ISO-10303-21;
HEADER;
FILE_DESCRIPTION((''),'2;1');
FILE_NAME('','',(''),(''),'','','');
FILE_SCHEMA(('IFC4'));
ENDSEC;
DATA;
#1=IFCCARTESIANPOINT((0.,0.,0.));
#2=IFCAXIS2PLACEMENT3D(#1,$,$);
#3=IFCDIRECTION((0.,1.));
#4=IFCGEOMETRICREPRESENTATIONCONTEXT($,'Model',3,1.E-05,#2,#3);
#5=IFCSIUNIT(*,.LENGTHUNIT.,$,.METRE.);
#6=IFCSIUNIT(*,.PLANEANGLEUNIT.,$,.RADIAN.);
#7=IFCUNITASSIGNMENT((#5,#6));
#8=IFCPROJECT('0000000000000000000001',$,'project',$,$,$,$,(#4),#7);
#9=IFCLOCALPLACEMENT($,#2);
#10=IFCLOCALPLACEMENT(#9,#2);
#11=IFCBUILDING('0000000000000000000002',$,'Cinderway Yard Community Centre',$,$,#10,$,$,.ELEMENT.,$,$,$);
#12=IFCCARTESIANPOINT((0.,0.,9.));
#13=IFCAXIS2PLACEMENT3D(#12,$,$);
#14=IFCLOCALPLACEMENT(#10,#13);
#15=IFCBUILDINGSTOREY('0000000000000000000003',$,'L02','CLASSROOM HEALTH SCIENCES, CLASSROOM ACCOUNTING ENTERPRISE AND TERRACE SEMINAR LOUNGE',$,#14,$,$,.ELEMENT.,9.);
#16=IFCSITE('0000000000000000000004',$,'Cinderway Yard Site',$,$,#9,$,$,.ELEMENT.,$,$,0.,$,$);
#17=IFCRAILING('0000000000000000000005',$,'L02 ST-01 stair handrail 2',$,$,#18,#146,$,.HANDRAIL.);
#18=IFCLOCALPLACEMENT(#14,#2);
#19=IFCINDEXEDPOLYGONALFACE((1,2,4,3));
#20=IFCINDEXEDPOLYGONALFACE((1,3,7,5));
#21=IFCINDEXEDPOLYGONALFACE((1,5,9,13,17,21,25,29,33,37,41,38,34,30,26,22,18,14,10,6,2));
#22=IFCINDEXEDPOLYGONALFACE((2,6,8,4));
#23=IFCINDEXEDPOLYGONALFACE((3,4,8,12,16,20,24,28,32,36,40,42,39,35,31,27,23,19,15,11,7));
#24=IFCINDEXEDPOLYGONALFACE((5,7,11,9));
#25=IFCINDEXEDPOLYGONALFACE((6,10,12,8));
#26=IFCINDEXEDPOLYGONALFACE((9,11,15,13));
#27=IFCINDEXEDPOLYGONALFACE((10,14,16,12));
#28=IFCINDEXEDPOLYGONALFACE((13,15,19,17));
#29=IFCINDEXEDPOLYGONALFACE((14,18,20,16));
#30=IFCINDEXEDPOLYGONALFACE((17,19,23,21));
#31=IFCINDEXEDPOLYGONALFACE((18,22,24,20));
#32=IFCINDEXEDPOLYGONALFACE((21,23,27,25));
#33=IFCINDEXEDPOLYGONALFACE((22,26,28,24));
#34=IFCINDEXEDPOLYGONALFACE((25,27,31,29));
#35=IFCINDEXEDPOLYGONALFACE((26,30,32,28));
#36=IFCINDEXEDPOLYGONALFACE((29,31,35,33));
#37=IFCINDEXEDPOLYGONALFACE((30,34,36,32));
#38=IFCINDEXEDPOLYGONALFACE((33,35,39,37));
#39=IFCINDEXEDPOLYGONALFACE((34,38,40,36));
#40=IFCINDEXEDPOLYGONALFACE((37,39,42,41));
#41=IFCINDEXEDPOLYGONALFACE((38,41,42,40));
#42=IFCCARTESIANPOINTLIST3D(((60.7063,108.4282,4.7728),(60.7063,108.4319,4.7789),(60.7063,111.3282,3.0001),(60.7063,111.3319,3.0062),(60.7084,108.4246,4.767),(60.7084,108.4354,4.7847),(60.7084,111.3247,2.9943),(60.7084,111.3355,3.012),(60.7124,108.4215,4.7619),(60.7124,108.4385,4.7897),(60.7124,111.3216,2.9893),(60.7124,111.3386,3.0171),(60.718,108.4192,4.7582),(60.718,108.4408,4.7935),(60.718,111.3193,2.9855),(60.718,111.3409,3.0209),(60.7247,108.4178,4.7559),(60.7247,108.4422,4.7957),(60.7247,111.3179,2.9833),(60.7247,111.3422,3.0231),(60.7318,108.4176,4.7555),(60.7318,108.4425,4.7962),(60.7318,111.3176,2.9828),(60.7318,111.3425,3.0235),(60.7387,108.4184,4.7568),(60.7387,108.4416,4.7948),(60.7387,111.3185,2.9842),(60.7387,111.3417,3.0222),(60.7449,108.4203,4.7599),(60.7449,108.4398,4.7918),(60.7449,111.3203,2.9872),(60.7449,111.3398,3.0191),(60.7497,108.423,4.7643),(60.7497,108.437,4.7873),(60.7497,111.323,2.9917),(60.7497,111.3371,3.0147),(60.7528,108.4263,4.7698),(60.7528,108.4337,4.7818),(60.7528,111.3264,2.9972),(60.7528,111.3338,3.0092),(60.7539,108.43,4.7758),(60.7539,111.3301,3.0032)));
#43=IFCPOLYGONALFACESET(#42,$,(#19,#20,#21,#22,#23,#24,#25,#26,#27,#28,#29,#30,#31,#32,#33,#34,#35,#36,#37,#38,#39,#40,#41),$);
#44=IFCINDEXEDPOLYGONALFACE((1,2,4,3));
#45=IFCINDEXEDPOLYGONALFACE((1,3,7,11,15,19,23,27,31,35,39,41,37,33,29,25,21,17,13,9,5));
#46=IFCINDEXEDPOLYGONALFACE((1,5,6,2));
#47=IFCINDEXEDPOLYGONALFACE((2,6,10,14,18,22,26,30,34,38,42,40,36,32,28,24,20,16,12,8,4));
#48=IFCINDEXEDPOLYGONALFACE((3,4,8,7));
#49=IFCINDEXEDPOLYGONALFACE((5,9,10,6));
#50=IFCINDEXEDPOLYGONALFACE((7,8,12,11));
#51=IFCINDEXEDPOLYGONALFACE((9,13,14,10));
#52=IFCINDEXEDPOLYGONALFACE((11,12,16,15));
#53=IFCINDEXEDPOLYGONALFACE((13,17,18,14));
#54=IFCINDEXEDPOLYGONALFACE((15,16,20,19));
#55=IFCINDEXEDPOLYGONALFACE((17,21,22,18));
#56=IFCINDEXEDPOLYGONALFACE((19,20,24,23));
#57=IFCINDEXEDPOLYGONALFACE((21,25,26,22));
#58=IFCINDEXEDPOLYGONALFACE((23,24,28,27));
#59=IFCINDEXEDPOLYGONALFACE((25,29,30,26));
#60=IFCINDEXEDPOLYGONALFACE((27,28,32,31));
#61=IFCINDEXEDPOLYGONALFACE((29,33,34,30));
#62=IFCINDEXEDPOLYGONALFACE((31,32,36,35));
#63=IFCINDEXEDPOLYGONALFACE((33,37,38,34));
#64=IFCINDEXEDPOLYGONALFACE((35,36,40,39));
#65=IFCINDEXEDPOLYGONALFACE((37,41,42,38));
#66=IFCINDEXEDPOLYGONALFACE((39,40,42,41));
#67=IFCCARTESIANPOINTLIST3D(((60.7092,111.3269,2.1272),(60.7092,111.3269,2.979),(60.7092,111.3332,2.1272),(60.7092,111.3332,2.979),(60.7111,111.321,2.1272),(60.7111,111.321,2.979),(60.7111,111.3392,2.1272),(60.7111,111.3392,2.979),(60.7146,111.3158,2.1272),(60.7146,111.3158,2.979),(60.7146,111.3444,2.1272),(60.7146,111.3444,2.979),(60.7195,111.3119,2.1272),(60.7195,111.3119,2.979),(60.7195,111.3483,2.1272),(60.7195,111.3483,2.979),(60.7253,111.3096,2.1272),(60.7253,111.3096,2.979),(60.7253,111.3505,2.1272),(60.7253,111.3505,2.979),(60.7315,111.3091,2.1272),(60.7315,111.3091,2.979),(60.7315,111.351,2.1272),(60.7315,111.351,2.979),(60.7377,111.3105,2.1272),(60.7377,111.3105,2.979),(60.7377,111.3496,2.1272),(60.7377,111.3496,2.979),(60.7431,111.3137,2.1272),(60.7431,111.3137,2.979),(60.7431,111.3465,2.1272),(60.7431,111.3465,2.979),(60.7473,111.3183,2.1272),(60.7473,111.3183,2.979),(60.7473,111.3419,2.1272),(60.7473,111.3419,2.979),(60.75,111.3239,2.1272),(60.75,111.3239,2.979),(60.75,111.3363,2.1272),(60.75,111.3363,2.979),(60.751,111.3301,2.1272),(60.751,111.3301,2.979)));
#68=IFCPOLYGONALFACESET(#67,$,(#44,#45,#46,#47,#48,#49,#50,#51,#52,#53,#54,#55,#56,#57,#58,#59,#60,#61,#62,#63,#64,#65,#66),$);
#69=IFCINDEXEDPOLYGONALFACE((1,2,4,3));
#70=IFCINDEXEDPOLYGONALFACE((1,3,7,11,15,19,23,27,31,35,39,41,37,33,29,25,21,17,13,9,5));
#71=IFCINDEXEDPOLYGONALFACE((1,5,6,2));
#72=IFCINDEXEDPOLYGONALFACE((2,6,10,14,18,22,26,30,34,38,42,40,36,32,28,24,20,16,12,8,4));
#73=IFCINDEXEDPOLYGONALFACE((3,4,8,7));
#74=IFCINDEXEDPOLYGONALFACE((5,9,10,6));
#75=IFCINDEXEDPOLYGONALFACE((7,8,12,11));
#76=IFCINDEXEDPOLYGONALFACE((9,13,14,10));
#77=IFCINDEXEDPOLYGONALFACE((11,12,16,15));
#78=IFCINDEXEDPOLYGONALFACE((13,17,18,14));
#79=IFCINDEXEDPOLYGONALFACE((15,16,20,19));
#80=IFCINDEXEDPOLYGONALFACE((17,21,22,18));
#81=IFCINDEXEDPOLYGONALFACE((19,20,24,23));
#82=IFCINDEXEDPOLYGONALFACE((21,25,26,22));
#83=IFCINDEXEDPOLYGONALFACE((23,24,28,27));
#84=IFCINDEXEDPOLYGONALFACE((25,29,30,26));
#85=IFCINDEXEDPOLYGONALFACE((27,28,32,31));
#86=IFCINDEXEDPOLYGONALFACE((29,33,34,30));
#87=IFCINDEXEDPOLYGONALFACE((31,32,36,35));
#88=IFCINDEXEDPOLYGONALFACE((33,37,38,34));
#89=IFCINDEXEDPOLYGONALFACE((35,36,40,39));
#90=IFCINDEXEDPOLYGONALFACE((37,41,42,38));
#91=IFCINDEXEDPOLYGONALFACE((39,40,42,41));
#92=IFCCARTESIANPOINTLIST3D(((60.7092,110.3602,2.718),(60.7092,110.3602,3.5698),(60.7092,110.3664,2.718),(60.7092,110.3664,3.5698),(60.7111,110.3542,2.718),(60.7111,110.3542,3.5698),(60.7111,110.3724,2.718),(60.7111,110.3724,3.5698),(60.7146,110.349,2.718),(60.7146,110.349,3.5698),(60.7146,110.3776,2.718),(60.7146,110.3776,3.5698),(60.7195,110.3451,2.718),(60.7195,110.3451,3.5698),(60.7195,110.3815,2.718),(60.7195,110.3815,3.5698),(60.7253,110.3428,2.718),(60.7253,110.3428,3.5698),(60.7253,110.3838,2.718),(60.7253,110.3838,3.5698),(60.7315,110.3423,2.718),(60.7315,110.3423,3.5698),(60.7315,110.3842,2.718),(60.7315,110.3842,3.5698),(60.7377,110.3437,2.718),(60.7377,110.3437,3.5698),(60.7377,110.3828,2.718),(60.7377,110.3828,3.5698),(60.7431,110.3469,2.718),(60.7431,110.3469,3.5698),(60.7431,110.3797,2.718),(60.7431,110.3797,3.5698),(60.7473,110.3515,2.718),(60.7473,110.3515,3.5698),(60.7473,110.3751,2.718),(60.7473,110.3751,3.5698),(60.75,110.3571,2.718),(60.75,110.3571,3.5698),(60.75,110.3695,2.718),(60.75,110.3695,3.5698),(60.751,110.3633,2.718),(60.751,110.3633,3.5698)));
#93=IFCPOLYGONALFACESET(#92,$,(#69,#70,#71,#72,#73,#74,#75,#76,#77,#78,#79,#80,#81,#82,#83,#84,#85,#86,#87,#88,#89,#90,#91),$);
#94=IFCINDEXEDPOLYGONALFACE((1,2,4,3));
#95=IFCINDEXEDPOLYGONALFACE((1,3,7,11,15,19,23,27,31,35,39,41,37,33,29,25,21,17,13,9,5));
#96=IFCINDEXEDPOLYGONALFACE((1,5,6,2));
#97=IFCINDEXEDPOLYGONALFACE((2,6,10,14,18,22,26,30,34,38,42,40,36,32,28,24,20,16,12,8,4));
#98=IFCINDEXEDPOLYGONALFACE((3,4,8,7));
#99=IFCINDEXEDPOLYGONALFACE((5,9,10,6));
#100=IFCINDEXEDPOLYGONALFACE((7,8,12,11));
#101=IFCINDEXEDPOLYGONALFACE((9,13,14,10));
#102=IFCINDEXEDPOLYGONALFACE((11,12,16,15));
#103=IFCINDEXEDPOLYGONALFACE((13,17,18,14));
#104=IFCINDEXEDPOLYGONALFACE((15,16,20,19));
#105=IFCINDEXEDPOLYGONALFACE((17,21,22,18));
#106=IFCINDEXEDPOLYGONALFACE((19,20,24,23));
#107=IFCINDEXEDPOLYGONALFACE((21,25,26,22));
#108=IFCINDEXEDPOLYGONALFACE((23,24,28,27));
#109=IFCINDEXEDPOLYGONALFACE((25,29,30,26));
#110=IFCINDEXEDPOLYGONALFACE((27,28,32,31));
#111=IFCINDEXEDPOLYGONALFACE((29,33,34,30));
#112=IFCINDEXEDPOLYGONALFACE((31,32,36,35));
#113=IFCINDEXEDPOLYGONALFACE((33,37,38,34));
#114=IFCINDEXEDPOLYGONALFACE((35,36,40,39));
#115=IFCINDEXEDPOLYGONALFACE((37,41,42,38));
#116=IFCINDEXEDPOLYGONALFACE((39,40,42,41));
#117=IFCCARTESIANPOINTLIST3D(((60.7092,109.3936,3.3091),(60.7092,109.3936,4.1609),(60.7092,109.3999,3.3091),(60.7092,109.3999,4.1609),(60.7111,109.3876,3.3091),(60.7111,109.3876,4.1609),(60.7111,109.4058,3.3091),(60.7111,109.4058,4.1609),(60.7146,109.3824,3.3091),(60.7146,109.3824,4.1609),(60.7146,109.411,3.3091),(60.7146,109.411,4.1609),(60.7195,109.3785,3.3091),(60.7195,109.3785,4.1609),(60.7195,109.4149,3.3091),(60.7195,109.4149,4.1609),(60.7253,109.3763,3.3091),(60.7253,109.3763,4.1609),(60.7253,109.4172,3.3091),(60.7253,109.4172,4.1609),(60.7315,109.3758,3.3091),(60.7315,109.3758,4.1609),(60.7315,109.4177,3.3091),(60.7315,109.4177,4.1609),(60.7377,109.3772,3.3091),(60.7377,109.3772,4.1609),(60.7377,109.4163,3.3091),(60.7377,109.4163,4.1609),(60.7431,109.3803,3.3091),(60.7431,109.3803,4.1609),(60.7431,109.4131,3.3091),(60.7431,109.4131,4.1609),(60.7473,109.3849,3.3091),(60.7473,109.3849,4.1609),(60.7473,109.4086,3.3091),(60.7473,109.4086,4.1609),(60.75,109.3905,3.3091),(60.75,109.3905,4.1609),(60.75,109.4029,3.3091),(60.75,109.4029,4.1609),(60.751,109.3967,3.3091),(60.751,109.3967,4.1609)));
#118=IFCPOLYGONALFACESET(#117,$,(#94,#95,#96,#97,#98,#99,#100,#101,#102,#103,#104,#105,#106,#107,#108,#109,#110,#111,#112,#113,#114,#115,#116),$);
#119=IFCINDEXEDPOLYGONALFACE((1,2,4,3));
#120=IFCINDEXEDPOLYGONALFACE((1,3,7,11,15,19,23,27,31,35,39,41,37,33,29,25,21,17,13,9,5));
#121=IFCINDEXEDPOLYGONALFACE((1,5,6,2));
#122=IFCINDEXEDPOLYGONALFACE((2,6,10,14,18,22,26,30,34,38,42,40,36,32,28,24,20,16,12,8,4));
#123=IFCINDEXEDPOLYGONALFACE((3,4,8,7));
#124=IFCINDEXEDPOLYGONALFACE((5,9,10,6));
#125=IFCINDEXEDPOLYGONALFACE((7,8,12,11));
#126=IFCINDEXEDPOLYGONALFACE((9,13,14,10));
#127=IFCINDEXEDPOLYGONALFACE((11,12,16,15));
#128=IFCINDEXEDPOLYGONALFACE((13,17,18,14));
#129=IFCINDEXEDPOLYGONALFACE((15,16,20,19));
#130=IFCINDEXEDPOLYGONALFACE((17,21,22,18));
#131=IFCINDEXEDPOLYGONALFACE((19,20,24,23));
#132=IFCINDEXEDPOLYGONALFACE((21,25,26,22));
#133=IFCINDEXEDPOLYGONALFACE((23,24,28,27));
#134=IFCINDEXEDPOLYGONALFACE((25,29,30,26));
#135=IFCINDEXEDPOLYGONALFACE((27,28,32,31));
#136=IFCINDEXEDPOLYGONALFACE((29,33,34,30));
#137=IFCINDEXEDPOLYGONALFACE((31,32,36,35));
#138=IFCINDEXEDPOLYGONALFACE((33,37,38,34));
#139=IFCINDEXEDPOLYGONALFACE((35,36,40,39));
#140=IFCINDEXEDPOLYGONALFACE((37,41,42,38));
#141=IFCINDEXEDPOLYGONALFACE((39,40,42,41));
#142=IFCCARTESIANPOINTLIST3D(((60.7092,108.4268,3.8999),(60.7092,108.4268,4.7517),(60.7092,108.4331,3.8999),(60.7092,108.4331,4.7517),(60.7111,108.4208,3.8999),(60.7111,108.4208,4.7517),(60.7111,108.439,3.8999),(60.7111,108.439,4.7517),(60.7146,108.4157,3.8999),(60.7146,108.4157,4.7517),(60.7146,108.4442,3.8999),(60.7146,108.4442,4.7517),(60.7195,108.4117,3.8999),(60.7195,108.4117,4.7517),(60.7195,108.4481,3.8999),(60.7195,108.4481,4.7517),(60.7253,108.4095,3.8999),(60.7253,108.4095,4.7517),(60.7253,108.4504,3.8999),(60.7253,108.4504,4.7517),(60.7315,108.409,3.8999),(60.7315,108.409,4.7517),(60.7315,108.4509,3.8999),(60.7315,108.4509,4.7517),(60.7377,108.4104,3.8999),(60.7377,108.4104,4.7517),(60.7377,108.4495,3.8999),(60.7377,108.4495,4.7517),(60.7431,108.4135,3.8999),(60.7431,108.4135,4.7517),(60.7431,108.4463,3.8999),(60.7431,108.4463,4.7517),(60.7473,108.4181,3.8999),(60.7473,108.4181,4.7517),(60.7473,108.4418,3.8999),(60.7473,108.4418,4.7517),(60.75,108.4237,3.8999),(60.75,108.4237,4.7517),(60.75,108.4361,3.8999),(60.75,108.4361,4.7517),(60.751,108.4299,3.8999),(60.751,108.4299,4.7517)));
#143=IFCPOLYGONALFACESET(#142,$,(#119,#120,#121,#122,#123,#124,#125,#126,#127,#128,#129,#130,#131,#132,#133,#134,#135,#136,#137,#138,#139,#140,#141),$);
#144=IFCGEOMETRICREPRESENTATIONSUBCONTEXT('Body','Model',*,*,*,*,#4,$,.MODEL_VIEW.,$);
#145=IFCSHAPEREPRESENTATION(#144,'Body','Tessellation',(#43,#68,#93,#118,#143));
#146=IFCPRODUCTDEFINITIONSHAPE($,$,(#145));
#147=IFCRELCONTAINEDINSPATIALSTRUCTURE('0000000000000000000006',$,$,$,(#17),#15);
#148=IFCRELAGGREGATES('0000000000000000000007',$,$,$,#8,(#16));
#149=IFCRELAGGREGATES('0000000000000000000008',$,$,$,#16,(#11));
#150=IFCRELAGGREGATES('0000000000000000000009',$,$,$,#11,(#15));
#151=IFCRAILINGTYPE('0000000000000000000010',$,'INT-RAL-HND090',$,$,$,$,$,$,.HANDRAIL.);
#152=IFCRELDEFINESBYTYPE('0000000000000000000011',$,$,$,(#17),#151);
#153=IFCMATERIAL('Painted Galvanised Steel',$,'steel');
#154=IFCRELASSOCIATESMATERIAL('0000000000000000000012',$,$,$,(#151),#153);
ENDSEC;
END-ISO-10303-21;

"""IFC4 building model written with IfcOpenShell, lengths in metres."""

from ifc_helpers import new_model, si_unit, direction, frame, origin, origin_2d, place, context, subcontext, project, spatial, circle, extrude, material, type_object, element, save


model = new_model("IFC4")

# Units and contexts
model_context = context("Model", 3, precision=1e-05, world=origin(), true_north=direction((0.0, 1.0)))
body_context = subcontext(model_context, "Body", "Model", "MODEL_VIEW")
ifc_project = project(units=[si_unit("LENGTHUNIT", "METRE"), si_unit("PLANEANGLEUNIT", "RADIAN")], contexts=[model_context])

# Site, building, storey
site_placement = place(None, origin())
site = spatial("IfcSite", under=ifc_project, at=site_placement, Name="Cinderway Yard Site", CompositionType="ELEMENT", RefElevation=0.0)
building_placement = place(site_placement, origin())
building = spatial("IfcBuilding", under=site, at=building_placement, Name="Cinderway Yard Community Centre", CompositionType="ELEMENT")
storey_placement = place(building_placement, frame((0.0, 0.0, 9.0)))
storey = spatial("IfcBuildingStorey", under=building, at=storey_placement, Name="L02", Description="CLASSROOM HEALTH SCIENCES, CLASSROOM ACCOUNTING ENTERPRISE AND TERRACE SEMINAR LOUNGE", CompositionType="ELEMENT", Elevation=9.0)

# Shared definitions
ifc_material_1 = material(Name="Painted Galvanised Steel", Category="steel")

# Railing
railing_type_1 = type_object("IfcRailingType", Name="INT-RAL-HND090", PredefinedType="HANDRAIL", material=ifc_material_1)
railing_1_placement = place(storey_placement, frame((60.73, 111.3301, 2.1272)))
element("IfcRailing", 1, at=railing_1_placement, inside=storey, type_object=railing_type_1, Name="L02 ST-01 stair handrail 2", PredefinedType="HANDRAIL", context=body_context, shape_type="SweptSolid", body=[
    extrude(circle(Radius=0.0239, at=origin_2d()), frame((0.0, 0.0, 0.876), z_axis=(0.0, -0.85323, 0.521534), x_axis=(1.0, 0.0, 0.0)), (0.0, 0.0, 1.0), 3.3989),
    extrude(circle(Radius=0.021, at=origin_2d()), origin(), (0.0, 0.0, 1.0), 0.8518),
    extrude(circle(Radius=0.021, at=origin_2d()), frame((0.0, -0.9668, 0.5908)), (0.0, 0.0, 1.0), 0.8518),
    extrude(circle(Radius=0.021, at=origin_2d()), frame((0.0, -1.9333, 1.1819)), (0.0, 0.0, 1.0), 0.8518),
    extrude(circle(Radius=0.021, at=origin_2d()), frame((0.0, -2.9001, 1.7727)), (0.0, 0.0, 1.0), 0.8518),
])

save(model, "model.ifc")
